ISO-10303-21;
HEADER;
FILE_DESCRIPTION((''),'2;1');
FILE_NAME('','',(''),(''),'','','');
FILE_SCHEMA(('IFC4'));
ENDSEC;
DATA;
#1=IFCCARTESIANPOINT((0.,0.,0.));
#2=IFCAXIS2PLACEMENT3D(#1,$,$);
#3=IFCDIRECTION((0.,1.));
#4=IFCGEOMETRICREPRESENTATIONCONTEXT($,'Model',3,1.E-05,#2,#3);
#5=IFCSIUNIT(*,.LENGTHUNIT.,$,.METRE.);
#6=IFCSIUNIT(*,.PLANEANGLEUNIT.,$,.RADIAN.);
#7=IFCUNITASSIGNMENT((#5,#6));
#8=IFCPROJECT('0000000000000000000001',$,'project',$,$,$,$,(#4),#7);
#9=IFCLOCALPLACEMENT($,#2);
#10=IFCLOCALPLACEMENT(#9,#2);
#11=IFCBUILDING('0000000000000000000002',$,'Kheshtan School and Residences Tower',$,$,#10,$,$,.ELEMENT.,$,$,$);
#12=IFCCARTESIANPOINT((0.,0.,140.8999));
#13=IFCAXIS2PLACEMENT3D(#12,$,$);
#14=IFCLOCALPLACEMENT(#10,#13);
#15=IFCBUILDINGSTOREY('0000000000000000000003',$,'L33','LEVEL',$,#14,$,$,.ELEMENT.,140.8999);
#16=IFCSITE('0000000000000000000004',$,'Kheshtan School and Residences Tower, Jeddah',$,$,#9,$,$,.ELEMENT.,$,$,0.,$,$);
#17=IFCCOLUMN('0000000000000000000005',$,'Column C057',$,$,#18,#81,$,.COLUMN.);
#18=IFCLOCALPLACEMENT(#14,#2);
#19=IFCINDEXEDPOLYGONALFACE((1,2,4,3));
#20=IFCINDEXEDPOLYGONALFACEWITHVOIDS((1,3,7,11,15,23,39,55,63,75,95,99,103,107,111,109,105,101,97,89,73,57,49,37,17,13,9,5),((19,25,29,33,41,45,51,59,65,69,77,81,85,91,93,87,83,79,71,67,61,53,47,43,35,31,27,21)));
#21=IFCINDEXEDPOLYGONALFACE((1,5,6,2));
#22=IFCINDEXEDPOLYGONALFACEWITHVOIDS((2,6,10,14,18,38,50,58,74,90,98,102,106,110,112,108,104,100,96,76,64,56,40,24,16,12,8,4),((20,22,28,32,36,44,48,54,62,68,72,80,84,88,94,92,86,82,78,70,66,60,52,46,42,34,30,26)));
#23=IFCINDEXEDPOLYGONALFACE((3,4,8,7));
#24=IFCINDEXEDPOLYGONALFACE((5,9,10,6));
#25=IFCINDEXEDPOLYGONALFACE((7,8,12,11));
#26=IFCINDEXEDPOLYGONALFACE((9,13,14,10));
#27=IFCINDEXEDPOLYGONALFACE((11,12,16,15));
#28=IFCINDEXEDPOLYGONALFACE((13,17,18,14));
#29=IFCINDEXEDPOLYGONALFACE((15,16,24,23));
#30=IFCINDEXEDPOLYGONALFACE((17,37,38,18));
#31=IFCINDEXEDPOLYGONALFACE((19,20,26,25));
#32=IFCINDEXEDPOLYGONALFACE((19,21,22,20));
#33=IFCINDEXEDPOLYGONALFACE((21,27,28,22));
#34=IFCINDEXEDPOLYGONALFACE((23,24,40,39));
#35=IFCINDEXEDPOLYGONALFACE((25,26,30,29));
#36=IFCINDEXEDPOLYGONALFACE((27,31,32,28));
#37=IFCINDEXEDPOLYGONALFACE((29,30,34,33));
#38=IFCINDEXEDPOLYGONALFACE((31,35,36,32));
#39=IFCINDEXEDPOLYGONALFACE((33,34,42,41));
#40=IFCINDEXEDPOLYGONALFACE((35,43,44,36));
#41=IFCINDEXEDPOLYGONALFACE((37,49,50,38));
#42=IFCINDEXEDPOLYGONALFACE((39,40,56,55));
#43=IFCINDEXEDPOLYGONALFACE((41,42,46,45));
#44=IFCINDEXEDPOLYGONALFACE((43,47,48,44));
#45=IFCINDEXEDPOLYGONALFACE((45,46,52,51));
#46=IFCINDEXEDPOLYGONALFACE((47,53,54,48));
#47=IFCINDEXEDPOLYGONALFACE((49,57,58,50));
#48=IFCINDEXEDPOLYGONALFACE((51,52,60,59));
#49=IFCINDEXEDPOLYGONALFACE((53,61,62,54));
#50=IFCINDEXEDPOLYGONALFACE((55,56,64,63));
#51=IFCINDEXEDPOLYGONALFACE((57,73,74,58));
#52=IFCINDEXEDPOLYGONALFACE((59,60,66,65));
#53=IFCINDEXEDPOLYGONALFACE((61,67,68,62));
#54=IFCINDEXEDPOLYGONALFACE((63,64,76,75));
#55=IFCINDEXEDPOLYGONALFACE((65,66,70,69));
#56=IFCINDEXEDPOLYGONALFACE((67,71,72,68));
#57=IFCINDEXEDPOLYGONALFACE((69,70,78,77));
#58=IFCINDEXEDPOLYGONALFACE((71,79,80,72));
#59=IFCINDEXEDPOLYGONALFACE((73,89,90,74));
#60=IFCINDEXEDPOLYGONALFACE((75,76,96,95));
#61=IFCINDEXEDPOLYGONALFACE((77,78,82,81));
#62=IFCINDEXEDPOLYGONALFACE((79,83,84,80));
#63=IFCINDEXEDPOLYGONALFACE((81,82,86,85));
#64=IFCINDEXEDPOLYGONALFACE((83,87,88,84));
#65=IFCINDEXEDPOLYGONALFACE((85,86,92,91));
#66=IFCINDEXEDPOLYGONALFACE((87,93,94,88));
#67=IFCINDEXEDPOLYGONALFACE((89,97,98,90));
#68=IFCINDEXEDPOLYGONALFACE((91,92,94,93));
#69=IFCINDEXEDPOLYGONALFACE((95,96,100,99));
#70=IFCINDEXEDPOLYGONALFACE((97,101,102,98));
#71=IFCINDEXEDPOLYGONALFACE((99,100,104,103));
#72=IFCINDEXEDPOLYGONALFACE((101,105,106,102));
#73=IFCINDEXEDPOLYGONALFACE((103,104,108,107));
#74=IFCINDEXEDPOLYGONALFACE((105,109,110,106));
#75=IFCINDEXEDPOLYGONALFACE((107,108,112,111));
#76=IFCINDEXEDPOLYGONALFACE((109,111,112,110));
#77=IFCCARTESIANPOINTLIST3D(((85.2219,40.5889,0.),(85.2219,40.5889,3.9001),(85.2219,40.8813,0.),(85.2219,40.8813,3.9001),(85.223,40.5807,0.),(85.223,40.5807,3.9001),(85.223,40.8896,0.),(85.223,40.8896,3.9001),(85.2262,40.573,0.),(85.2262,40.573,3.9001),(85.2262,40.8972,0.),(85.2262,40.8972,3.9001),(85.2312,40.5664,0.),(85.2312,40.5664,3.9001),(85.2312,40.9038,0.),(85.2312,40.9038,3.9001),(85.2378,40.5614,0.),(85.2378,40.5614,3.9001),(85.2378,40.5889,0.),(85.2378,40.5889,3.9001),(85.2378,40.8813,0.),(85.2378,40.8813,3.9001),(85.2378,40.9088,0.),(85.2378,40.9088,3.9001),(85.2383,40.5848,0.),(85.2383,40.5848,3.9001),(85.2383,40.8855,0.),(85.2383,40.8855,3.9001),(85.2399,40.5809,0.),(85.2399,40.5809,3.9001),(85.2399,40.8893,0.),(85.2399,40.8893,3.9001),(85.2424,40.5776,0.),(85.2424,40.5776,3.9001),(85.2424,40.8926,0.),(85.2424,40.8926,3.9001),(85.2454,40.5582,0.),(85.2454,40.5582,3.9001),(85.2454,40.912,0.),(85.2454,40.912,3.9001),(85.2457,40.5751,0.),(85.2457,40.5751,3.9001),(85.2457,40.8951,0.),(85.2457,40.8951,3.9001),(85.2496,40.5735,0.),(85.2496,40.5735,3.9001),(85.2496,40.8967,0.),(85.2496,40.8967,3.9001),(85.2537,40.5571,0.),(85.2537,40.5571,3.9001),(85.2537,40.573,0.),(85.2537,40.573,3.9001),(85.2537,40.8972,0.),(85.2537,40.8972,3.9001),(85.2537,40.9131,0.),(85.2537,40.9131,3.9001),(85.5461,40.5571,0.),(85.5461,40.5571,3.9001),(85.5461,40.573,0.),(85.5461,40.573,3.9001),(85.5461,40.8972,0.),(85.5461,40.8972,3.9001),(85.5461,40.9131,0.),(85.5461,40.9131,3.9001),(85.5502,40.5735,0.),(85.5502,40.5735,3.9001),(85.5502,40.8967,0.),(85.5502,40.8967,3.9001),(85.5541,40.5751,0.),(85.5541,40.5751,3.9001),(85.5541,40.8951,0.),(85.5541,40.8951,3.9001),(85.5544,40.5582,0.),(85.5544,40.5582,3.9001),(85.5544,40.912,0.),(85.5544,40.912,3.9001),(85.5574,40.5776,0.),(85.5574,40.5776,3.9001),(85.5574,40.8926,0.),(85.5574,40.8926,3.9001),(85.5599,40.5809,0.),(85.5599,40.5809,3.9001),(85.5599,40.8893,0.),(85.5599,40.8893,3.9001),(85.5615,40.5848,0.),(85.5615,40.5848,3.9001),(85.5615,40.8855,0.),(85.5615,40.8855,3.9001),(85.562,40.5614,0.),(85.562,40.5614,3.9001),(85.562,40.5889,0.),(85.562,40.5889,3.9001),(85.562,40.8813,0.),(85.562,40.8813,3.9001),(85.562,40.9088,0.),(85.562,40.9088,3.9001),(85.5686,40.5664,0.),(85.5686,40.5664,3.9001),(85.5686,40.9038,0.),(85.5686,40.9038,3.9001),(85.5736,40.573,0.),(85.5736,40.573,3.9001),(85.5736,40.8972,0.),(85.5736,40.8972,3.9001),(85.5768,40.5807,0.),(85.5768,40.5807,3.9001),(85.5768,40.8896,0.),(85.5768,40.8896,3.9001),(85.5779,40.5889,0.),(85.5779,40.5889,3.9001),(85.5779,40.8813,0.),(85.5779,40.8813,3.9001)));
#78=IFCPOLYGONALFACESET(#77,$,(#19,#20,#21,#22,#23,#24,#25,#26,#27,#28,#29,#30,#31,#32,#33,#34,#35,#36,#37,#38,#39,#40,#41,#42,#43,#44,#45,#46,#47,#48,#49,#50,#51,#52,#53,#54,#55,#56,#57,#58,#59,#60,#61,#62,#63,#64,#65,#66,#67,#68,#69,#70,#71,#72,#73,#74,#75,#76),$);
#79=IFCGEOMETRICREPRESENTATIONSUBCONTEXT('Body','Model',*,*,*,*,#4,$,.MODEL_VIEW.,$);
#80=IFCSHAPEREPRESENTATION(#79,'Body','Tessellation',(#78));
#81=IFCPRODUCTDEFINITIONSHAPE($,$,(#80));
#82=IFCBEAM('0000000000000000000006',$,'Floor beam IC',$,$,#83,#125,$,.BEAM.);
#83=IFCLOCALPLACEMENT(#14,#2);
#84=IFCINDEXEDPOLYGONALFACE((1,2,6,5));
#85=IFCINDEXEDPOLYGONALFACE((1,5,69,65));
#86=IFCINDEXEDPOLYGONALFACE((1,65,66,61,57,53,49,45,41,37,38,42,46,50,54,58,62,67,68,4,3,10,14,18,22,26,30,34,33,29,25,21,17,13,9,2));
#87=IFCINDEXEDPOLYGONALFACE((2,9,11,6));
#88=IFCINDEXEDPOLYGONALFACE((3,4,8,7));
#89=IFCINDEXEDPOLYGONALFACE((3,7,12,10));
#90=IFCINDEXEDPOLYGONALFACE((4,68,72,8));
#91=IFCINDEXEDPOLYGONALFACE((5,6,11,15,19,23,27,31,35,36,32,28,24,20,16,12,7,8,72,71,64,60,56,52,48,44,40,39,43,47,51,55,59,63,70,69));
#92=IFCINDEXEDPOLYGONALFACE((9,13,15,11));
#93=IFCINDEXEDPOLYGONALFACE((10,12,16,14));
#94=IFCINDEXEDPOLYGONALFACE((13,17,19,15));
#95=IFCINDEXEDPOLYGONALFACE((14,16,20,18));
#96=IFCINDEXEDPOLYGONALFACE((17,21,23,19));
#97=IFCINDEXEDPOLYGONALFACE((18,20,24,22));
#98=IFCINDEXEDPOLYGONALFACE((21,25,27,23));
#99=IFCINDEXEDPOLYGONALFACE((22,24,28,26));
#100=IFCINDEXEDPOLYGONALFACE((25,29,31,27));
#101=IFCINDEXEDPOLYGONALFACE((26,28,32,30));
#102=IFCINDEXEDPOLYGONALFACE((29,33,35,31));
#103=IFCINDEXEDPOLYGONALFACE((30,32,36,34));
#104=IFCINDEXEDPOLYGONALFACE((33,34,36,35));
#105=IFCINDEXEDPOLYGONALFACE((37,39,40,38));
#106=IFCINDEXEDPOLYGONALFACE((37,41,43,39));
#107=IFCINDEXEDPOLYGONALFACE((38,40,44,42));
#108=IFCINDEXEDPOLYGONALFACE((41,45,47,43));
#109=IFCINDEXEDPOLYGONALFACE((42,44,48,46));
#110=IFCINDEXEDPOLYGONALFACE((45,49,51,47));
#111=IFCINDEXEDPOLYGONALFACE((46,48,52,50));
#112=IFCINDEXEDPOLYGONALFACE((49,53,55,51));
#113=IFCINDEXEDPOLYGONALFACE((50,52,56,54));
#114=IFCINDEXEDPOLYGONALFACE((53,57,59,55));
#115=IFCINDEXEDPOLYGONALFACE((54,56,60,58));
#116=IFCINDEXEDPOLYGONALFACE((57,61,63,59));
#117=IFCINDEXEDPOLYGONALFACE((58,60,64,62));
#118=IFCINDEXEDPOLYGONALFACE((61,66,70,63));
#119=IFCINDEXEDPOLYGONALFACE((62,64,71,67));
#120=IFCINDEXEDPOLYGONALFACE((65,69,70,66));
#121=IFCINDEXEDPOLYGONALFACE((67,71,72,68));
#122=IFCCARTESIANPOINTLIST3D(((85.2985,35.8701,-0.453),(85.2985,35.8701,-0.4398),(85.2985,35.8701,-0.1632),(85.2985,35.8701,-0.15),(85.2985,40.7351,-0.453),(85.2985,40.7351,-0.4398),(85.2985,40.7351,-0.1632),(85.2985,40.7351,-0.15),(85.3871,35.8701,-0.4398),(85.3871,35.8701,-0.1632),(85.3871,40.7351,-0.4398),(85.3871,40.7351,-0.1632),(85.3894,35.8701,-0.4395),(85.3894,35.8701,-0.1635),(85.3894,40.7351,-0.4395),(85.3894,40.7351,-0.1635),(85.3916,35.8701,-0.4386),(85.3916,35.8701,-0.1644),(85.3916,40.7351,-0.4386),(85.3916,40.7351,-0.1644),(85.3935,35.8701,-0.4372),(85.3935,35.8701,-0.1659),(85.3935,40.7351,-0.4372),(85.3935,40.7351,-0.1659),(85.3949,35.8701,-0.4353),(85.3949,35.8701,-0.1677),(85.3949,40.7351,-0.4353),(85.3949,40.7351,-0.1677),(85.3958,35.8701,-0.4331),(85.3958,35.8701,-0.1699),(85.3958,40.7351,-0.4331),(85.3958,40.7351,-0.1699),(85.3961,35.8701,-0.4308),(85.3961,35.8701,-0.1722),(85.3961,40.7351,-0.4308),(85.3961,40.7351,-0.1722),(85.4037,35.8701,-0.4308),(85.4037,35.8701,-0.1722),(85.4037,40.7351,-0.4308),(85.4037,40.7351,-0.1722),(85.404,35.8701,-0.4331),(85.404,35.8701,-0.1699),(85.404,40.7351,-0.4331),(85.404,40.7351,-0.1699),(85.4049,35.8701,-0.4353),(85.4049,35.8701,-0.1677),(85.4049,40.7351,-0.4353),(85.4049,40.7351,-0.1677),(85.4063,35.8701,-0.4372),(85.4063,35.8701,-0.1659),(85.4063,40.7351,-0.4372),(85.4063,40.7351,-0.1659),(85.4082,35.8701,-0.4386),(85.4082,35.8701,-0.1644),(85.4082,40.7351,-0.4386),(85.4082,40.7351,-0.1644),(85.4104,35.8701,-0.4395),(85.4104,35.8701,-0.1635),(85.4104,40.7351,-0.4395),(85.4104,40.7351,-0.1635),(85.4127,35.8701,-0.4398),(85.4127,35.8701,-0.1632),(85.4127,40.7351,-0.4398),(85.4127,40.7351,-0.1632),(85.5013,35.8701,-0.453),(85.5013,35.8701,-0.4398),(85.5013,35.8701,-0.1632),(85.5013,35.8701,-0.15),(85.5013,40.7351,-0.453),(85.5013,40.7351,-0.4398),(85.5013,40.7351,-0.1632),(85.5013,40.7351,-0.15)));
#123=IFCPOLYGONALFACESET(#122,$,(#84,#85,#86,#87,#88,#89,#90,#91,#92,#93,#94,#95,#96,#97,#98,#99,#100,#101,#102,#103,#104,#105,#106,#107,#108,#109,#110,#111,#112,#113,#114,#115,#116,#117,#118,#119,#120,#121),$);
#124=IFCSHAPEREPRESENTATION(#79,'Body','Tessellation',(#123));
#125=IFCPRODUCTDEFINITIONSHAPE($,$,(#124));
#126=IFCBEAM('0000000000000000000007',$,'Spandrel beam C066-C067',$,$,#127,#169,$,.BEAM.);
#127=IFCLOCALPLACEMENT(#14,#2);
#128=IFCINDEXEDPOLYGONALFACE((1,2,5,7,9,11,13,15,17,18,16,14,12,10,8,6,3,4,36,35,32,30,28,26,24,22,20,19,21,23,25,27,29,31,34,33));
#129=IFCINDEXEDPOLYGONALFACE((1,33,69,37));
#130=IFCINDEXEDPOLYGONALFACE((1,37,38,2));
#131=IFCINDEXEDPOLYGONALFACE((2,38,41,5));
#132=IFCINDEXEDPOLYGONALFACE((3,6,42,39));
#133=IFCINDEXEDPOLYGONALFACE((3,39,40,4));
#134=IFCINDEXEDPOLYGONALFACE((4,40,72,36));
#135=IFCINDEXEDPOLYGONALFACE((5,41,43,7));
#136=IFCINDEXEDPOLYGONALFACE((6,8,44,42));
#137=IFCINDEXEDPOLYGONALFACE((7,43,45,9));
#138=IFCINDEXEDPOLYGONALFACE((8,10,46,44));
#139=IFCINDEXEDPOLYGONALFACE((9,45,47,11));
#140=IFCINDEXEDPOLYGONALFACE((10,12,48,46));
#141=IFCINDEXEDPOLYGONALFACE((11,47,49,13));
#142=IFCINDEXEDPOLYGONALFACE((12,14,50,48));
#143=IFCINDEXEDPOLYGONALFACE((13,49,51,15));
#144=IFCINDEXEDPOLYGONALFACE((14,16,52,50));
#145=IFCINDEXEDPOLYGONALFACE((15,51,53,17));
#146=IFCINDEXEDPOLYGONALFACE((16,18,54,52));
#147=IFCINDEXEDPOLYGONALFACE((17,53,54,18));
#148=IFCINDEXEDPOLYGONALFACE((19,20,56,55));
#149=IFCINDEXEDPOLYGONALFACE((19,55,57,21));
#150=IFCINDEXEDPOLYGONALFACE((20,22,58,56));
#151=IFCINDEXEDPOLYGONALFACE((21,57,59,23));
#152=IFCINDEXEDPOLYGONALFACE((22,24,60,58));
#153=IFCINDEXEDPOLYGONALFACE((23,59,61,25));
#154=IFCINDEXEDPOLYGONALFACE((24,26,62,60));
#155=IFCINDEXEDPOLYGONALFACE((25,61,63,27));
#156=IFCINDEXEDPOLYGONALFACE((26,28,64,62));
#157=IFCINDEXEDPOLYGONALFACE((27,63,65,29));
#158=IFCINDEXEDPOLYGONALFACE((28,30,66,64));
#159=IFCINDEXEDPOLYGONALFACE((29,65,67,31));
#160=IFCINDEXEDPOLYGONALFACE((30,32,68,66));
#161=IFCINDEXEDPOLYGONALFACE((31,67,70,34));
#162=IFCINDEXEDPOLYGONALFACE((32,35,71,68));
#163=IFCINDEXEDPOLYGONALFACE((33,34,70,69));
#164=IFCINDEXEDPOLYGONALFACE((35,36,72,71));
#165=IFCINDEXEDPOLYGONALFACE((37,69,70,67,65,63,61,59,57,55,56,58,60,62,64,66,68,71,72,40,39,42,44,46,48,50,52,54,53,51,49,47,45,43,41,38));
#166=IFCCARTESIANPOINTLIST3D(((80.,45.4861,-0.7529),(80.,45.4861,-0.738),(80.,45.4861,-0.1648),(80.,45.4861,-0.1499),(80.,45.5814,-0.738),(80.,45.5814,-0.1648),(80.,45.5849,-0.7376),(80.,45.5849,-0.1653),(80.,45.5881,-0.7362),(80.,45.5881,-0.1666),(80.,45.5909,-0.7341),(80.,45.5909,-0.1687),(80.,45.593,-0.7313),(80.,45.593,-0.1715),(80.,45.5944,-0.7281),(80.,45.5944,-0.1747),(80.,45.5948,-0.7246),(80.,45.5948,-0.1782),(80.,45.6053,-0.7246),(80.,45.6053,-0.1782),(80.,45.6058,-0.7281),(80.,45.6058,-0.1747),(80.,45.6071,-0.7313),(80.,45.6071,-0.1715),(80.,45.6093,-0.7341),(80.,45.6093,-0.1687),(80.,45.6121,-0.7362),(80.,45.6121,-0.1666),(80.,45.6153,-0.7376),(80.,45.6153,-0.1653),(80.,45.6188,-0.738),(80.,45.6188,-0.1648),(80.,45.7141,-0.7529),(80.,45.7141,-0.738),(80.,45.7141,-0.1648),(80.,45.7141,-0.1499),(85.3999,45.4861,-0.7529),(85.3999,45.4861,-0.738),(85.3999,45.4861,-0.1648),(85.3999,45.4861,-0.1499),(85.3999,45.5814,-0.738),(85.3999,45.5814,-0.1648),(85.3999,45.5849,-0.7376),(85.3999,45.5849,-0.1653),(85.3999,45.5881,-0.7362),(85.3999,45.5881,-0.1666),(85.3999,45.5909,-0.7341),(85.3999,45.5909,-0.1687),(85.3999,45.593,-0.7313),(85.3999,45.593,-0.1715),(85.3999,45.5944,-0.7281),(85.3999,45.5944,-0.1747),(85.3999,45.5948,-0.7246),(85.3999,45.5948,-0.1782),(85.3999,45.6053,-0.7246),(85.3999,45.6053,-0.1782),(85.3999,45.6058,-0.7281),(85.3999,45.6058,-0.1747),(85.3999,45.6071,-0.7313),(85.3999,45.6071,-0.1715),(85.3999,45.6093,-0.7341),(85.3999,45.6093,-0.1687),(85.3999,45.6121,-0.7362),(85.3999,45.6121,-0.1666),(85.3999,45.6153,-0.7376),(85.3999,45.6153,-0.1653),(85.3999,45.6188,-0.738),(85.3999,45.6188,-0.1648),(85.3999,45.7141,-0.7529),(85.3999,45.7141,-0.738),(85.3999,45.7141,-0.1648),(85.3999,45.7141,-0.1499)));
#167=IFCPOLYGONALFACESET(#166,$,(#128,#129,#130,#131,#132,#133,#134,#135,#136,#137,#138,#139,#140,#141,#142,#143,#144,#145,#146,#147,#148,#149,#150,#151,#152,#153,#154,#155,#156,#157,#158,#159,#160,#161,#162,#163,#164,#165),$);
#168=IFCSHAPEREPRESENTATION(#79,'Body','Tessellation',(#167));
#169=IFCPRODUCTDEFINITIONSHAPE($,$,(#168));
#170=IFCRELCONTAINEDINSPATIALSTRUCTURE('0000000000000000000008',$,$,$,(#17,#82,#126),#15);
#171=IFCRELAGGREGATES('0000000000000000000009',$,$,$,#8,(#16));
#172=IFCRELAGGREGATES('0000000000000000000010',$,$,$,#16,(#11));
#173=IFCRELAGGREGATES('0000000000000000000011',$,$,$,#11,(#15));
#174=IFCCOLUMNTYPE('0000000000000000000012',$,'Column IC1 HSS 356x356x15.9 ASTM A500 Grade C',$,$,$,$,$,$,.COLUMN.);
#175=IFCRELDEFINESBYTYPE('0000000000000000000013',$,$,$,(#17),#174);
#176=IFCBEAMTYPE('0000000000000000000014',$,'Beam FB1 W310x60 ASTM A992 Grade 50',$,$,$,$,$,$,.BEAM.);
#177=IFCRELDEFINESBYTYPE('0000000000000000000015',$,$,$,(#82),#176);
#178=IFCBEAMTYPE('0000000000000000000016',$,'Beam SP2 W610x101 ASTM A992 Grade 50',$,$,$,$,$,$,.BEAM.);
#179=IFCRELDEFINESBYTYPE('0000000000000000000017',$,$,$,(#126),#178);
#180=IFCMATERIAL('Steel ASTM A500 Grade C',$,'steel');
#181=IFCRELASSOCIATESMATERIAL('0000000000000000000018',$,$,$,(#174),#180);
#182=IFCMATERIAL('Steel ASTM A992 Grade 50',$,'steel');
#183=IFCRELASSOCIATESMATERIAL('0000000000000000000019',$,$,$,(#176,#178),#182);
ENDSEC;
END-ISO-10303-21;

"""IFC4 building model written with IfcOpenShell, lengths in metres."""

from ifc_helpers import new_model, si_unit, direction, frame, origin, origin_2d, place, context, subcontext, project, spatial, hollow_rectangle, i_section, extrude, material, material_profile, profile_set, type_object, element, save


model = new_model("IFC4")

# Units and contexts
model_context = context("Model", 3, precision=1e-05, world=origin(), true_north=direction((0.0, 1.0)))
body_context = subcontext(model_context, "Body", "Model", "MODEL_VIEW")
ifc_project = project(units=[si_unit("LENGTHUNIT", "METRE"), si_unit("PLANEANGLEUNIT", "RADIAN")], contexts=[model_context])

# Site, building, storey
site_placement = place(None, origin())
site = spatial("IfcSite", under=ifc_project, at=site_placement, Name="Kheshtan School and Residences Tower, Jeddah", CompositionType="ELEMENT", RefElevation=0.0)
building_placement = place(site_placement, origin())
building = spatial("IfcBuilding", under=site, at=building_placement, Name="Kheshtan School and Residences Tower", CompositionType="ELEMENT")
storey_placement = place(building_placement, frame((0.0, 0.0, 140.8999)))
storey = spatial("IfcBuildingStorey", under=building, at=storey_placement, Name="L33", Description="LEVEL", CompositionType="ELEMENT", Elevation=140.8999)

# Column
ifc_material_1 = material(Name="Steel ASTM A992 Grade 50", Category="steel")
ifc_material_2 = material(Name="Steel ASTM A500 Grade C", Category="steel")
ifc_material_profile_1 = material_profile(ifc_material_2, hollow_rectangle(XDim=0.356, YDim=0.356, WallThickness=0.0159, InnerFilletRadius=0.0159, OuterFilletRadius=0.0317, at=origin_2d()), Name="HSS 356x356x15.9")
ifc_profile_set_1 = profile_set([ifc_material_profile_1], Name="Steel ASTM A500 Grade C")
column_type_1 = type_object("IfcColumnType", Name="Column IC1 HSS 356x356x15.9 ASTM A500 Grade C", PredefinedType="COLUMN", material=ifc_profile_set_1)
for number, where, z_axis, x_axis, name in (
    (1, (85.3999, 40.7351, 0.0), (0.0, 0.0, 1.0), (1.0, 0.0, 0.0), "Column C057"),
):
    element("IfcColumn", number, at=place(storey_placement, frame(where, z_axis=z_axis, x_axis=x_axis)), inside=storey, type_object=column_type_1, Name=name, PredefinedType="COLUMN", context=body_context, shape_type="SweptSolid", body=[
        extrude(hollow_rectangle(XDim=0.356, YDim=0.356, WallThickness=0.0159, InnerFilletRadius=0.0159, OuterFilletRadius=0.0317, at=origin_2d()), origin(), (0.0, 0.0, 1.0), 3.9001),
    ])

# Beams
ifc_material_profile_2 = material_profile(ifc_material_1, i_section(OverallWidth=0.2029, OverallDepth=0.303, WebThickness=0.0076, FlangeThickness=0.0132, FilletRadius=0.009, at=origin_2d()), Name="W310x60")
ifc_profile_set_2 = profile_set([ifc_material_profile_2], Name="Steel ASTM A992 Grade 50")
beam_type_1 = type_object("IfcBeamType", Name="Beam FB1 W310x60 ASTM A992 Grade 50", PredefinedType="BEAM", material=ifc_profile_set_2)
beam_1_placement = place(storey_placement, frame((85.3999, 40.7351, -0.3015), z_axis=(0.0, -1.0, 0.0), x_axis=(1.0, 0.0, 0.0)))
element("IfcBeam", 2, at=beam_1_placement, inside=storey, type_object=beam_type_1, Name="Floor beam IC", PredefinedType="BEAM", context=body_context, shape_type="SweptSolid", body=[
    extrude(i_section(OverallWidth=0.2029, OverallDepth=0.303, WebThickness=0.0076, FlangeThickness=0.0132, FilletRadius=0.009, at=origin_2d()), origin(), (0.0, 0.0, 1.0), 4.865),
])
ifc_material_profile_3 = material_profile(ifc_material_1, i_section(OverallWidth=0.228, OverallDepth=0.603, WebThickness=0.0105, FlangeThickness=0.0149, FilletRadius=0.0134, at=origin_2d()), Name="W610x101")
ifc_profile_set_3 = profile_set([ifc_material_profile_3], Name="Steel ASTM A992 Grade 50")
beam_type_2 = type_object("IfcBeamType", Name="Beam SP2 W610x101 ASTM A992 Grade 50", PredefinedType="BEAM", material=ifc_profile_set_3)
beam_2_placement = place(storey_placement, frame((80.0, 45.6001, -0.4514), z_axis=(1.0, 0.0, 0.0), x_axis=(0.0, 1.0, 0.0)))
element("IfcBeam", 3, at=beam_2_placement, inside=storey, type_object=beam_type_2, Name="Spandrel beam C066-C067", PredefinedType="BEAM", context=body_context, shape_type="SweptSolid", body=[
    extrude(i_section(OverallWidth=0.228, OverallDepth=0.603, WebThickness=0.0105, FlangeThickness=0.0149, FilletRadius=0.0134, at=origin_2d()), origin(), (0.0, 0.0, 1.0), 5.3999),
])

save(model, "model.ifc")
